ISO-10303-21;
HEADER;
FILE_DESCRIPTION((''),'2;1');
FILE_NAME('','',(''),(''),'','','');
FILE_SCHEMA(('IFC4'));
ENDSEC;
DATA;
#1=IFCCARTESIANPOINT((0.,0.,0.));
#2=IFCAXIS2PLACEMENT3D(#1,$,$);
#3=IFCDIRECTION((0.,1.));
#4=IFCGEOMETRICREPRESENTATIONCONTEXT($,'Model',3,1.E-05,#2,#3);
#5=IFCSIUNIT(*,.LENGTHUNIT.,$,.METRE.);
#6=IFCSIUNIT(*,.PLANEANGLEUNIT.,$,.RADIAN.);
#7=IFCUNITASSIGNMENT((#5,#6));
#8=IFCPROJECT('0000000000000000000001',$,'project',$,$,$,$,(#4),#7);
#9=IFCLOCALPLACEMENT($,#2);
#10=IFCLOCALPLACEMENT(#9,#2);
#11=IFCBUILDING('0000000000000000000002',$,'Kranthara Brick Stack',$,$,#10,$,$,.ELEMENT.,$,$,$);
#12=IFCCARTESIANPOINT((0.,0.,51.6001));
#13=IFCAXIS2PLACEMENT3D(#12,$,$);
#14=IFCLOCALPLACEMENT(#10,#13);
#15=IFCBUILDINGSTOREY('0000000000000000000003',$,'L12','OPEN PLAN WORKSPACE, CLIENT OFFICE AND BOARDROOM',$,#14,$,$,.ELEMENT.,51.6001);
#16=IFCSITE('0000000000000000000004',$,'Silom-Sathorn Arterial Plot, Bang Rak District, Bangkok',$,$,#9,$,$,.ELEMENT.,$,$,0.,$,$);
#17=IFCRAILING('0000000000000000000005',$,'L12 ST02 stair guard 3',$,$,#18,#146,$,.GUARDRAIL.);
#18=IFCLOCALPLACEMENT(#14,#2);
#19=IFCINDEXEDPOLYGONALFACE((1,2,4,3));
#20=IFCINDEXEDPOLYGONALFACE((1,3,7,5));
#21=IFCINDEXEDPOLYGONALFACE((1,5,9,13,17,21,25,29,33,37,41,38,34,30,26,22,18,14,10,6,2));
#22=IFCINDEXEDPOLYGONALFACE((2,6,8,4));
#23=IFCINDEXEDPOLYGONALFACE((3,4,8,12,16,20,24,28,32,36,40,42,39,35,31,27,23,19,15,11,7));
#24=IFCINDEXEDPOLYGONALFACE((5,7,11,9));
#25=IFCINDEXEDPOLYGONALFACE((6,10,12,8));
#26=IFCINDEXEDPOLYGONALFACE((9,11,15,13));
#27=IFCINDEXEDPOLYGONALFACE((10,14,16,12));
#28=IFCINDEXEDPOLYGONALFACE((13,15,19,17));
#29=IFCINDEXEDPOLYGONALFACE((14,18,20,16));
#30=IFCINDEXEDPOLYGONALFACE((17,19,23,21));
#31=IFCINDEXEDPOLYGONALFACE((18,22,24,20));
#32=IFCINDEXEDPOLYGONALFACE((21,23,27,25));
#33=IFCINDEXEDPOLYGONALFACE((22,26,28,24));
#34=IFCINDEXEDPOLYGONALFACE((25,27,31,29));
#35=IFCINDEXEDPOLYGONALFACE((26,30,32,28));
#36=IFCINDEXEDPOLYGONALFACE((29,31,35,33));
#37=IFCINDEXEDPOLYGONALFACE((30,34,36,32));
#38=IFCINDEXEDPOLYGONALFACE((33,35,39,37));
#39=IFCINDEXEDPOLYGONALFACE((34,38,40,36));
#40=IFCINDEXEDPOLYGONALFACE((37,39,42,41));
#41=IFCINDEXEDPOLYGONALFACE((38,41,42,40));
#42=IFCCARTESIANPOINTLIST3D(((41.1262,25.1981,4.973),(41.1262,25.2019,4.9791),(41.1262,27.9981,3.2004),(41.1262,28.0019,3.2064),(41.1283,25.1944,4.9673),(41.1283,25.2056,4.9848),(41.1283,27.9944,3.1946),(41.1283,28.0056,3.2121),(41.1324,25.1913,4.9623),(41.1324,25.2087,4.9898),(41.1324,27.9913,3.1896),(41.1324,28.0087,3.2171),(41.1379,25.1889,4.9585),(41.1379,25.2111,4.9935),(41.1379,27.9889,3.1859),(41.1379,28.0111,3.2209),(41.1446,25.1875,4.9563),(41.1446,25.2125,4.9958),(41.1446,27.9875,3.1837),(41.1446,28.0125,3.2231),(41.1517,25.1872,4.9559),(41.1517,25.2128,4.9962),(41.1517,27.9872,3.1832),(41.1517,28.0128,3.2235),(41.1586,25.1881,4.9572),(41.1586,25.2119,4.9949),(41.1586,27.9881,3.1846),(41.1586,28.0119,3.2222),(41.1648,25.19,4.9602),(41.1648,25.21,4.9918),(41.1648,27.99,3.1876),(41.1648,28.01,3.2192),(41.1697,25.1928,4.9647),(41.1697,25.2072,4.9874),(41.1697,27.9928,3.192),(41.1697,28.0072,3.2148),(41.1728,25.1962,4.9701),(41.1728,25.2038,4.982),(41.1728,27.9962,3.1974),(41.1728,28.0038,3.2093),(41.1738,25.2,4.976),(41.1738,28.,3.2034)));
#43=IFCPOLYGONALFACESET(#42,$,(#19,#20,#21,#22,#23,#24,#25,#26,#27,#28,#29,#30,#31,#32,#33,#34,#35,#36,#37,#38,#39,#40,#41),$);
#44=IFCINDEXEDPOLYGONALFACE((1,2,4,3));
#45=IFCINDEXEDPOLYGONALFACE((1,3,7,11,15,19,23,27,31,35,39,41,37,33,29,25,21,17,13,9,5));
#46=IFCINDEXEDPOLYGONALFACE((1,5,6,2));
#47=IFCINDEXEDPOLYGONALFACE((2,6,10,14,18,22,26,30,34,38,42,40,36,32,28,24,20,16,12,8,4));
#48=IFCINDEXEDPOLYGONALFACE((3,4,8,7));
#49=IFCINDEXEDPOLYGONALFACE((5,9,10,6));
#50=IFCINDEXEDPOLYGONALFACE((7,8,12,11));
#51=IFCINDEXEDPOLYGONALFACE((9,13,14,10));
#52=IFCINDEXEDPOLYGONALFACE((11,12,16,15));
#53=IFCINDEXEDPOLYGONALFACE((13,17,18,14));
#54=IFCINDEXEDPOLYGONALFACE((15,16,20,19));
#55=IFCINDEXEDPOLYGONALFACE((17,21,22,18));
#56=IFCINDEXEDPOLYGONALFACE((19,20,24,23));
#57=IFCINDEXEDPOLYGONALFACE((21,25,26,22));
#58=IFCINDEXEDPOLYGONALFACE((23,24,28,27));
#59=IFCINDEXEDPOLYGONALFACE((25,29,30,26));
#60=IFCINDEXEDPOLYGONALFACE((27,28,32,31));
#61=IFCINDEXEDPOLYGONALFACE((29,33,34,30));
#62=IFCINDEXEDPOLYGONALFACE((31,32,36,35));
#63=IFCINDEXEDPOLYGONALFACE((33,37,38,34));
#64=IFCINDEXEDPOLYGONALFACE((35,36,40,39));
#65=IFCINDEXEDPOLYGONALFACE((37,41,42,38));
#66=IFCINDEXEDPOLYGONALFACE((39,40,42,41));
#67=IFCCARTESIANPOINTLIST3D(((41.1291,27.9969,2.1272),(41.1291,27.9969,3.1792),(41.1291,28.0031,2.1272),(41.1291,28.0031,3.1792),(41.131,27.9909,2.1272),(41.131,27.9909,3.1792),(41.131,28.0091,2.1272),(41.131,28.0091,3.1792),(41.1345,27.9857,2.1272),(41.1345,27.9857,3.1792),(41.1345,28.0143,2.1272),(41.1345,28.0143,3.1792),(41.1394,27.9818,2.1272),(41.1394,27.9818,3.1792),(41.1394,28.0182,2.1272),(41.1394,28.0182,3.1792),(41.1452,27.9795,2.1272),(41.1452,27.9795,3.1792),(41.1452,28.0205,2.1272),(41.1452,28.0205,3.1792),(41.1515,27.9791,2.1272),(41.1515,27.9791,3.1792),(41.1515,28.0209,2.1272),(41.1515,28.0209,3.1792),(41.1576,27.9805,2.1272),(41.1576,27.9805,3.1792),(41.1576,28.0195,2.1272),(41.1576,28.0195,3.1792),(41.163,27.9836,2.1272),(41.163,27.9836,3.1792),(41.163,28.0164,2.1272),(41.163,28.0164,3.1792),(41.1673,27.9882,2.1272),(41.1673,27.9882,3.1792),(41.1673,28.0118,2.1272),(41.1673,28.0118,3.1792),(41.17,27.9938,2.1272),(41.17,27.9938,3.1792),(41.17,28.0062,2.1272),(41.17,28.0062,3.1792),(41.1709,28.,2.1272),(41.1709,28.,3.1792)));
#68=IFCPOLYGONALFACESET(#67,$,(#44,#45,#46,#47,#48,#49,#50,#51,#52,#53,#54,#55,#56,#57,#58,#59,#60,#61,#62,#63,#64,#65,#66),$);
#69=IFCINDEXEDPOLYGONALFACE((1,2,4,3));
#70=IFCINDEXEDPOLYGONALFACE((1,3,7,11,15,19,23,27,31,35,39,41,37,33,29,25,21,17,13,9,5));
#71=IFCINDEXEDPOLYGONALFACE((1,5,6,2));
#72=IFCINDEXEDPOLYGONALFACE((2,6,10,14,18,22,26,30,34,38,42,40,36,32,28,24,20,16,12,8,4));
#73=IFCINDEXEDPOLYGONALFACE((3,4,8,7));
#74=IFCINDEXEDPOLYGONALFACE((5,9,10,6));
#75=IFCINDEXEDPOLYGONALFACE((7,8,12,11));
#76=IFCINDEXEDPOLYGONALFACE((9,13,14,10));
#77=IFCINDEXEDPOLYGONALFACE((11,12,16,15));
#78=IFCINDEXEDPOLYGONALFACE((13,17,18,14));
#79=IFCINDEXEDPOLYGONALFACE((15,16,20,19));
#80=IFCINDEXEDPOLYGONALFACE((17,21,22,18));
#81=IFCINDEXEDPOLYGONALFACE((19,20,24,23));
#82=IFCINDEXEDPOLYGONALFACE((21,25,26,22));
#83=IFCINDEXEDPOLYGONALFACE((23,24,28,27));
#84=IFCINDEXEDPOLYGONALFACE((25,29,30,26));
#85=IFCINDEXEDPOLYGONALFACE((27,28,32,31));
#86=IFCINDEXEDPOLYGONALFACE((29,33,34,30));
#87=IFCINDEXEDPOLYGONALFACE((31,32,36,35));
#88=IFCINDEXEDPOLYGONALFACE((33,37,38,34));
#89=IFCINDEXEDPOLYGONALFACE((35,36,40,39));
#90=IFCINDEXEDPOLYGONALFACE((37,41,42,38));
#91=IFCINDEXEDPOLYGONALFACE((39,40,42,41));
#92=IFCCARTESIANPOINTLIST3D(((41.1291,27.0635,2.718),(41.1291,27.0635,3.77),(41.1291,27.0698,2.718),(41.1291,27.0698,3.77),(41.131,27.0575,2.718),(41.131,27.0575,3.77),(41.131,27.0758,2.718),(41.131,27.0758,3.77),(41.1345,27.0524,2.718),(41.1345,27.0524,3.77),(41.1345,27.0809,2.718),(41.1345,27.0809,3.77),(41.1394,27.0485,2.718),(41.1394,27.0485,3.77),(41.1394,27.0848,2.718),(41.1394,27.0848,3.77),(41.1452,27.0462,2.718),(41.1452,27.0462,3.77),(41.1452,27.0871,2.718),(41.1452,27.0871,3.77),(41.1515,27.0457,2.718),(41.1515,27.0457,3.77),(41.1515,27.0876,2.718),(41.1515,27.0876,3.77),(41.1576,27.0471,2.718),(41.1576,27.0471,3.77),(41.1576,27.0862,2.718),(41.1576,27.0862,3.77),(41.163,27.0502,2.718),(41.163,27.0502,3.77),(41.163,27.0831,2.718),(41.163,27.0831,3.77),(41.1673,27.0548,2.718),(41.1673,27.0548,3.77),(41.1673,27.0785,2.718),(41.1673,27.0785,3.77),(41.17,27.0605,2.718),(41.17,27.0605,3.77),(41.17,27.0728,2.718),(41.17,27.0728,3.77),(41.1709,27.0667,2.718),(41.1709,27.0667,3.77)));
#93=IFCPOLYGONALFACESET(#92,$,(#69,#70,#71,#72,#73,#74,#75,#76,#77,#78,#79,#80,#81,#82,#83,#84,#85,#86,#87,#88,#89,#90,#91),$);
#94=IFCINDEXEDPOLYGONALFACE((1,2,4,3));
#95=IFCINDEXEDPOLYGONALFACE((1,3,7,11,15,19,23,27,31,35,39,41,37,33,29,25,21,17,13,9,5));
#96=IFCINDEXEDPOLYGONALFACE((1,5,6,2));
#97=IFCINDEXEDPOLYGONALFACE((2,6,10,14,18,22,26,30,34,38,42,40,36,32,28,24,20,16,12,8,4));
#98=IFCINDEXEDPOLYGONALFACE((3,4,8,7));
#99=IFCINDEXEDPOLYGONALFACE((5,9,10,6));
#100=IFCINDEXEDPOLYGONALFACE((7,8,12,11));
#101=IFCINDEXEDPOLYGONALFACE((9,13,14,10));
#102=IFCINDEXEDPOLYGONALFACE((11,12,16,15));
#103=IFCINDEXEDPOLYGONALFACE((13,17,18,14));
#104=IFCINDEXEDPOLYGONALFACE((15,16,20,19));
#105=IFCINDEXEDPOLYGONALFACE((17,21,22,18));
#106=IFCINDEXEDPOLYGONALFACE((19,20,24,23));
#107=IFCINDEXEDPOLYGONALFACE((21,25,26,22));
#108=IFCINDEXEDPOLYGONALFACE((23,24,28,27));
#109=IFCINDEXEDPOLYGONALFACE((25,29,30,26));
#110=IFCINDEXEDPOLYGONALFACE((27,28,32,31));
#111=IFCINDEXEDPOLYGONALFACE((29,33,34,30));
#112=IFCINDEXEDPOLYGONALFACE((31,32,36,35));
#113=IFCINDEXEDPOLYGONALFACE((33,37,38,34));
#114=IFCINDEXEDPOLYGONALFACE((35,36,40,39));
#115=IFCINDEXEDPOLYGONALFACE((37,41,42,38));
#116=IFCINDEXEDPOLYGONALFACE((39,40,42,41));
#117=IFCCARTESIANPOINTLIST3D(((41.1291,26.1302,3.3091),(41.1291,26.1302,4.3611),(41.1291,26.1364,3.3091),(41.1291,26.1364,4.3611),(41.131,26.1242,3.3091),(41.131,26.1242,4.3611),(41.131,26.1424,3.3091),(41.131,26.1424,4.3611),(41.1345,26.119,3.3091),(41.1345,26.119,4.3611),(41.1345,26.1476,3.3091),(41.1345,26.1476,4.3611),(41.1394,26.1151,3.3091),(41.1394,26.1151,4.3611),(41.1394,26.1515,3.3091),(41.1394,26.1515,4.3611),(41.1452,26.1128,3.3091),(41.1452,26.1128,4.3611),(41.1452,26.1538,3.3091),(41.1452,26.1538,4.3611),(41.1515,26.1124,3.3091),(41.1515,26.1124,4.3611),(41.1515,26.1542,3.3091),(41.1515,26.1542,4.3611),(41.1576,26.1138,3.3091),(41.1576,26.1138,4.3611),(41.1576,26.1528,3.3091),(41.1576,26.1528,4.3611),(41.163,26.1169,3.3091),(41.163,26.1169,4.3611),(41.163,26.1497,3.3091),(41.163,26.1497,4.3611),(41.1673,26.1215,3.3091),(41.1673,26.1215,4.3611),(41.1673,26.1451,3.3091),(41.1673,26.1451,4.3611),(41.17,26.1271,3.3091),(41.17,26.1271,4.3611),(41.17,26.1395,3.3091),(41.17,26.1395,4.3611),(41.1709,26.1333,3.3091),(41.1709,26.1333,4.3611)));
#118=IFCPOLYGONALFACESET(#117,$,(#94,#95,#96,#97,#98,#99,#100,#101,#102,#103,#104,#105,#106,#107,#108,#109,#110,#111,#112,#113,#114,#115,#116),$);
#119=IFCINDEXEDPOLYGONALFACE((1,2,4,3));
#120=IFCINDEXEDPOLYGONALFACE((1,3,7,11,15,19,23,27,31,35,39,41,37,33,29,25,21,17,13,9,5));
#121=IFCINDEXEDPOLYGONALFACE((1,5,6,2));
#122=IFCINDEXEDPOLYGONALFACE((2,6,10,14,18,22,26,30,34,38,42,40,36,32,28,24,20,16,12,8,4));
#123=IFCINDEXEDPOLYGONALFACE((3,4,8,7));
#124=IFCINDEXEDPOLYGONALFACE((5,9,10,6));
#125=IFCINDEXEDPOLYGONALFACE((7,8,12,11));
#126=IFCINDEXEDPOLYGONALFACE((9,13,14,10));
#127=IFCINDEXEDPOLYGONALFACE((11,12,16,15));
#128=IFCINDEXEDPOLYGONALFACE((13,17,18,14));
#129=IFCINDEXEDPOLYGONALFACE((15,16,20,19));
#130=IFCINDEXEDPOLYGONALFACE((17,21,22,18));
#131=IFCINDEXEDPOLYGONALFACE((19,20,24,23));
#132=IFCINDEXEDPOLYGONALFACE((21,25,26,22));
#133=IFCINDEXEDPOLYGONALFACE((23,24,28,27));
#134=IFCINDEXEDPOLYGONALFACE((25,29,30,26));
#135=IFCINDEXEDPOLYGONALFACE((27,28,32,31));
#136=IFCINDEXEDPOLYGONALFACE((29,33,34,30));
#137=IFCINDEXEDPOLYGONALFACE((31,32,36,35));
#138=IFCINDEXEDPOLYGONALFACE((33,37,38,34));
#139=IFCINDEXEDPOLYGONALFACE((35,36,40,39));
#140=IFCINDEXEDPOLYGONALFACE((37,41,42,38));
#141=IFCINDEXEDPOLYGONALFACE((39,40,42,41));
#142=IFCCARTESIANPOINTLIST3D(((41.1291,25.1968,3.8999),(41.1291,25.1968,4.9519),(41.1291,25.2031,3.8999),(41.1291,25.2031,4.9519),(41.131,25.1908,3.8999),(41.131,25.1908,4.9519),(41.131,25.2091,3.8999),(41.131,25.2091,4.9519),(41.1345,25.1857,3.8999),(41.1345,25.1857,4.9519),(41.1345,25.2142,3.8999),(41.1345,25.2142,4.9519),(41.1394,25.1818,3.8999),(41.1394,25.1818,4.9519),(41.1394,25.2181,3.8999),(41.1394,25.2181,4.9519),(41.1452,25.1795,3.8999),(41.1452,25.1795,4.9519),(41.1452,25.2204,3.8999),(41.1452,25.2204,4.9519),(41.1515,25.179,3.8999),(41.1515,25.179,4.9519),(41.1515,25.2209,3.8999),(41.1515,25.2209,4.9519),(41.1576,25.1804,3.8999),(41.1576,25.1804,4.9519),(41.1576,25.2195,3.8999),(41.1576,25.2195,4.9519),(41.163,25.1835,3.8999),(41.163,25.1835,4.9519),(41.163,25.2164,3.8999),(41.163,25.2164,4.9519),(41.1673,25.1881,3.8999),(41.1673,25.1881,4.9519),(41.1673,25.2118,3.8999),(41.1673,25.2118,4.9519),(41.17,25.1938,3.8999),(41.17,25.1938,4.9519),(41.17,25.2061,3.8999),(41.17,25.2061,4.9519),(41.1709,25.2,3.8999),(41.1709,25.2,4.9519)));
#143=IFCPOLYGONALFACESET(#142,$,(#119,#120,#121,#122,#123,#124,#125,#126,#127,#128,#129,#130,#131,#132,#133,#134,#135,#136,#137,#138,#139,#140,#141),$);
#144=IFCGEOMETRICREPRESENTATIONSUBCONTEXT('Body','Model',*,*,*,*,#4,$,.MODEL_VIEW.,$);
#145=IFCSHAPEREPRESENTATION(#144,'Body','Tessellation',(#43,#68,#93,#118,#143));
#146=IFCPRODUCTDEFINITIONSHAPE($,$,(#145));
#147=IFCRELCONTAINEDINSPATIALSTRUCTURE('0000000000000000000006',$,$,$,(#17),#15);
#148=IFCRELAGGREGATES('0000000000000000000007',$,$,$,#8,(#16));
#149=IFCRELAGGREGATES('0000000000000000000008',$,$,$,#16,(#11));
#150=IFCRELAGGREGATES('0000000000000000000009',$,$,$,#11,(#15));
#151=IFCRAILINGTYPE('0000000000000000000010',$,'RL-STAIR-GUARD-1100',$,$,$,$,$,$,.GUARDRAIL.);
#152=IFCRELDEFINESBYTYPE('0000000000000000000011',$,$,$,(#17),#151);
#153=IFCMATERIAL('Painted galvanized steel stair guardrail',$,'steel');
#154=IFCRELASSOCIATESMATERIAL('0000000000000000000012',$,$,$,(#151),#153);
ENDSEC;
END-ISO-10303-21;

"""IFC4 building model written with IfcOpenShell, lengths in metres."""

from ifc_helpers import new_model, si_unit, direction, frame, origin, origin_2d, place, context, subcontext, project, spatial, circle, extrude, material, type_object, element, save


model = new_model("IFC4")

# Units and contexts
model_context = context("Model", 3, precision=1e-05, world=origin(), true_north=direction((0.0, 1.0)))
body_context = subcontext(model_context, "Body", "Model", "MODEL_VIEW")
ifc_project = project(units=[si_unit("LENGTHUNIT", "METRE"), si_unit("PLANEANGLEUNIT", "RADIAN")], contexts=[model_context])

# Site, building, storey
site_placement = place(None, origin())
site = spatial("IfcSite", under=ifc_project, at=site_placement, Name="Silom-Sathorn Arterial Plot, Bang Rak District, Bangkok", CompositionType="ELEMENT", RefElevation=0.0)
building_placement = place(site_placement, origin())
building = spatial("IfcBuilding", under=site, at=building_placement, Name="Kranthara Brick Stack", CompositionType="ELEMENT")
storey_placement = place(building_placement, frame((0.0, 0.0, 51.6001)))
storey = spatial("IfcBuildingStorey", under=building, at=storey_placement, Name="L12", Description="OPEN PLAN WORKSPACE, CLIENT OFFICE AND BOARDROOM", CompositionType="ELEMENT", Elevation=51.6001)

# Railing
ifc_material_1 = material(Name="Painted galvanized steel stair guardrail", Category="steel")
railing_type_1 = type_object("IfcRailingType", Name="RL-STAIR-GUARD-1100", PredefinedType="GUARDRAIL", material=ifc_material_1)
railing_1_placement = place(storey_placement, frame((41.1499, 28.0, 2.1272)))
element("IfcRailing", 1, at=railing_1_placement, inside=storey, type_object=railing_type_1, Name="L12 ST02 stair guard 3", PredefinedType="GUARDRAIL", context=body_context, shape_type="SweptSolid", body=[
    extrude(circle(Radius=0.0239, at=origin_2d()), frame((0.0, 0.0, 1.0762), z_axis=(0.0, -0.844909, 0.53491), x_axis=(1.0, 0.0, 0.0)), (0.0, 0.0, 1.0), 3.314),
    extrude(circle(Radius=0.021, at=origin_2d()), origin(), (0.0, 0.0, 1.0), 1.052),
    extrude(circle(Radius=0.021, at=origin_2d()), frame((0.0, -0.9333, 0.5908)), (0.0, 0.0, 1.0), 1.052),
    extrude(circle(Radius=0.021, at=origin_2d()), frame((0.0, -1.8667, 1.1819)), (0.0, 0.0, 1.0), 1.052),
    extrude(circle(Radius=0.021, at=origin_2d()), frame((0.0, -2.8, 1.7727)), (0.0, 0.0, 1.0), 1.052),
])

save(model, "model.ifc")
